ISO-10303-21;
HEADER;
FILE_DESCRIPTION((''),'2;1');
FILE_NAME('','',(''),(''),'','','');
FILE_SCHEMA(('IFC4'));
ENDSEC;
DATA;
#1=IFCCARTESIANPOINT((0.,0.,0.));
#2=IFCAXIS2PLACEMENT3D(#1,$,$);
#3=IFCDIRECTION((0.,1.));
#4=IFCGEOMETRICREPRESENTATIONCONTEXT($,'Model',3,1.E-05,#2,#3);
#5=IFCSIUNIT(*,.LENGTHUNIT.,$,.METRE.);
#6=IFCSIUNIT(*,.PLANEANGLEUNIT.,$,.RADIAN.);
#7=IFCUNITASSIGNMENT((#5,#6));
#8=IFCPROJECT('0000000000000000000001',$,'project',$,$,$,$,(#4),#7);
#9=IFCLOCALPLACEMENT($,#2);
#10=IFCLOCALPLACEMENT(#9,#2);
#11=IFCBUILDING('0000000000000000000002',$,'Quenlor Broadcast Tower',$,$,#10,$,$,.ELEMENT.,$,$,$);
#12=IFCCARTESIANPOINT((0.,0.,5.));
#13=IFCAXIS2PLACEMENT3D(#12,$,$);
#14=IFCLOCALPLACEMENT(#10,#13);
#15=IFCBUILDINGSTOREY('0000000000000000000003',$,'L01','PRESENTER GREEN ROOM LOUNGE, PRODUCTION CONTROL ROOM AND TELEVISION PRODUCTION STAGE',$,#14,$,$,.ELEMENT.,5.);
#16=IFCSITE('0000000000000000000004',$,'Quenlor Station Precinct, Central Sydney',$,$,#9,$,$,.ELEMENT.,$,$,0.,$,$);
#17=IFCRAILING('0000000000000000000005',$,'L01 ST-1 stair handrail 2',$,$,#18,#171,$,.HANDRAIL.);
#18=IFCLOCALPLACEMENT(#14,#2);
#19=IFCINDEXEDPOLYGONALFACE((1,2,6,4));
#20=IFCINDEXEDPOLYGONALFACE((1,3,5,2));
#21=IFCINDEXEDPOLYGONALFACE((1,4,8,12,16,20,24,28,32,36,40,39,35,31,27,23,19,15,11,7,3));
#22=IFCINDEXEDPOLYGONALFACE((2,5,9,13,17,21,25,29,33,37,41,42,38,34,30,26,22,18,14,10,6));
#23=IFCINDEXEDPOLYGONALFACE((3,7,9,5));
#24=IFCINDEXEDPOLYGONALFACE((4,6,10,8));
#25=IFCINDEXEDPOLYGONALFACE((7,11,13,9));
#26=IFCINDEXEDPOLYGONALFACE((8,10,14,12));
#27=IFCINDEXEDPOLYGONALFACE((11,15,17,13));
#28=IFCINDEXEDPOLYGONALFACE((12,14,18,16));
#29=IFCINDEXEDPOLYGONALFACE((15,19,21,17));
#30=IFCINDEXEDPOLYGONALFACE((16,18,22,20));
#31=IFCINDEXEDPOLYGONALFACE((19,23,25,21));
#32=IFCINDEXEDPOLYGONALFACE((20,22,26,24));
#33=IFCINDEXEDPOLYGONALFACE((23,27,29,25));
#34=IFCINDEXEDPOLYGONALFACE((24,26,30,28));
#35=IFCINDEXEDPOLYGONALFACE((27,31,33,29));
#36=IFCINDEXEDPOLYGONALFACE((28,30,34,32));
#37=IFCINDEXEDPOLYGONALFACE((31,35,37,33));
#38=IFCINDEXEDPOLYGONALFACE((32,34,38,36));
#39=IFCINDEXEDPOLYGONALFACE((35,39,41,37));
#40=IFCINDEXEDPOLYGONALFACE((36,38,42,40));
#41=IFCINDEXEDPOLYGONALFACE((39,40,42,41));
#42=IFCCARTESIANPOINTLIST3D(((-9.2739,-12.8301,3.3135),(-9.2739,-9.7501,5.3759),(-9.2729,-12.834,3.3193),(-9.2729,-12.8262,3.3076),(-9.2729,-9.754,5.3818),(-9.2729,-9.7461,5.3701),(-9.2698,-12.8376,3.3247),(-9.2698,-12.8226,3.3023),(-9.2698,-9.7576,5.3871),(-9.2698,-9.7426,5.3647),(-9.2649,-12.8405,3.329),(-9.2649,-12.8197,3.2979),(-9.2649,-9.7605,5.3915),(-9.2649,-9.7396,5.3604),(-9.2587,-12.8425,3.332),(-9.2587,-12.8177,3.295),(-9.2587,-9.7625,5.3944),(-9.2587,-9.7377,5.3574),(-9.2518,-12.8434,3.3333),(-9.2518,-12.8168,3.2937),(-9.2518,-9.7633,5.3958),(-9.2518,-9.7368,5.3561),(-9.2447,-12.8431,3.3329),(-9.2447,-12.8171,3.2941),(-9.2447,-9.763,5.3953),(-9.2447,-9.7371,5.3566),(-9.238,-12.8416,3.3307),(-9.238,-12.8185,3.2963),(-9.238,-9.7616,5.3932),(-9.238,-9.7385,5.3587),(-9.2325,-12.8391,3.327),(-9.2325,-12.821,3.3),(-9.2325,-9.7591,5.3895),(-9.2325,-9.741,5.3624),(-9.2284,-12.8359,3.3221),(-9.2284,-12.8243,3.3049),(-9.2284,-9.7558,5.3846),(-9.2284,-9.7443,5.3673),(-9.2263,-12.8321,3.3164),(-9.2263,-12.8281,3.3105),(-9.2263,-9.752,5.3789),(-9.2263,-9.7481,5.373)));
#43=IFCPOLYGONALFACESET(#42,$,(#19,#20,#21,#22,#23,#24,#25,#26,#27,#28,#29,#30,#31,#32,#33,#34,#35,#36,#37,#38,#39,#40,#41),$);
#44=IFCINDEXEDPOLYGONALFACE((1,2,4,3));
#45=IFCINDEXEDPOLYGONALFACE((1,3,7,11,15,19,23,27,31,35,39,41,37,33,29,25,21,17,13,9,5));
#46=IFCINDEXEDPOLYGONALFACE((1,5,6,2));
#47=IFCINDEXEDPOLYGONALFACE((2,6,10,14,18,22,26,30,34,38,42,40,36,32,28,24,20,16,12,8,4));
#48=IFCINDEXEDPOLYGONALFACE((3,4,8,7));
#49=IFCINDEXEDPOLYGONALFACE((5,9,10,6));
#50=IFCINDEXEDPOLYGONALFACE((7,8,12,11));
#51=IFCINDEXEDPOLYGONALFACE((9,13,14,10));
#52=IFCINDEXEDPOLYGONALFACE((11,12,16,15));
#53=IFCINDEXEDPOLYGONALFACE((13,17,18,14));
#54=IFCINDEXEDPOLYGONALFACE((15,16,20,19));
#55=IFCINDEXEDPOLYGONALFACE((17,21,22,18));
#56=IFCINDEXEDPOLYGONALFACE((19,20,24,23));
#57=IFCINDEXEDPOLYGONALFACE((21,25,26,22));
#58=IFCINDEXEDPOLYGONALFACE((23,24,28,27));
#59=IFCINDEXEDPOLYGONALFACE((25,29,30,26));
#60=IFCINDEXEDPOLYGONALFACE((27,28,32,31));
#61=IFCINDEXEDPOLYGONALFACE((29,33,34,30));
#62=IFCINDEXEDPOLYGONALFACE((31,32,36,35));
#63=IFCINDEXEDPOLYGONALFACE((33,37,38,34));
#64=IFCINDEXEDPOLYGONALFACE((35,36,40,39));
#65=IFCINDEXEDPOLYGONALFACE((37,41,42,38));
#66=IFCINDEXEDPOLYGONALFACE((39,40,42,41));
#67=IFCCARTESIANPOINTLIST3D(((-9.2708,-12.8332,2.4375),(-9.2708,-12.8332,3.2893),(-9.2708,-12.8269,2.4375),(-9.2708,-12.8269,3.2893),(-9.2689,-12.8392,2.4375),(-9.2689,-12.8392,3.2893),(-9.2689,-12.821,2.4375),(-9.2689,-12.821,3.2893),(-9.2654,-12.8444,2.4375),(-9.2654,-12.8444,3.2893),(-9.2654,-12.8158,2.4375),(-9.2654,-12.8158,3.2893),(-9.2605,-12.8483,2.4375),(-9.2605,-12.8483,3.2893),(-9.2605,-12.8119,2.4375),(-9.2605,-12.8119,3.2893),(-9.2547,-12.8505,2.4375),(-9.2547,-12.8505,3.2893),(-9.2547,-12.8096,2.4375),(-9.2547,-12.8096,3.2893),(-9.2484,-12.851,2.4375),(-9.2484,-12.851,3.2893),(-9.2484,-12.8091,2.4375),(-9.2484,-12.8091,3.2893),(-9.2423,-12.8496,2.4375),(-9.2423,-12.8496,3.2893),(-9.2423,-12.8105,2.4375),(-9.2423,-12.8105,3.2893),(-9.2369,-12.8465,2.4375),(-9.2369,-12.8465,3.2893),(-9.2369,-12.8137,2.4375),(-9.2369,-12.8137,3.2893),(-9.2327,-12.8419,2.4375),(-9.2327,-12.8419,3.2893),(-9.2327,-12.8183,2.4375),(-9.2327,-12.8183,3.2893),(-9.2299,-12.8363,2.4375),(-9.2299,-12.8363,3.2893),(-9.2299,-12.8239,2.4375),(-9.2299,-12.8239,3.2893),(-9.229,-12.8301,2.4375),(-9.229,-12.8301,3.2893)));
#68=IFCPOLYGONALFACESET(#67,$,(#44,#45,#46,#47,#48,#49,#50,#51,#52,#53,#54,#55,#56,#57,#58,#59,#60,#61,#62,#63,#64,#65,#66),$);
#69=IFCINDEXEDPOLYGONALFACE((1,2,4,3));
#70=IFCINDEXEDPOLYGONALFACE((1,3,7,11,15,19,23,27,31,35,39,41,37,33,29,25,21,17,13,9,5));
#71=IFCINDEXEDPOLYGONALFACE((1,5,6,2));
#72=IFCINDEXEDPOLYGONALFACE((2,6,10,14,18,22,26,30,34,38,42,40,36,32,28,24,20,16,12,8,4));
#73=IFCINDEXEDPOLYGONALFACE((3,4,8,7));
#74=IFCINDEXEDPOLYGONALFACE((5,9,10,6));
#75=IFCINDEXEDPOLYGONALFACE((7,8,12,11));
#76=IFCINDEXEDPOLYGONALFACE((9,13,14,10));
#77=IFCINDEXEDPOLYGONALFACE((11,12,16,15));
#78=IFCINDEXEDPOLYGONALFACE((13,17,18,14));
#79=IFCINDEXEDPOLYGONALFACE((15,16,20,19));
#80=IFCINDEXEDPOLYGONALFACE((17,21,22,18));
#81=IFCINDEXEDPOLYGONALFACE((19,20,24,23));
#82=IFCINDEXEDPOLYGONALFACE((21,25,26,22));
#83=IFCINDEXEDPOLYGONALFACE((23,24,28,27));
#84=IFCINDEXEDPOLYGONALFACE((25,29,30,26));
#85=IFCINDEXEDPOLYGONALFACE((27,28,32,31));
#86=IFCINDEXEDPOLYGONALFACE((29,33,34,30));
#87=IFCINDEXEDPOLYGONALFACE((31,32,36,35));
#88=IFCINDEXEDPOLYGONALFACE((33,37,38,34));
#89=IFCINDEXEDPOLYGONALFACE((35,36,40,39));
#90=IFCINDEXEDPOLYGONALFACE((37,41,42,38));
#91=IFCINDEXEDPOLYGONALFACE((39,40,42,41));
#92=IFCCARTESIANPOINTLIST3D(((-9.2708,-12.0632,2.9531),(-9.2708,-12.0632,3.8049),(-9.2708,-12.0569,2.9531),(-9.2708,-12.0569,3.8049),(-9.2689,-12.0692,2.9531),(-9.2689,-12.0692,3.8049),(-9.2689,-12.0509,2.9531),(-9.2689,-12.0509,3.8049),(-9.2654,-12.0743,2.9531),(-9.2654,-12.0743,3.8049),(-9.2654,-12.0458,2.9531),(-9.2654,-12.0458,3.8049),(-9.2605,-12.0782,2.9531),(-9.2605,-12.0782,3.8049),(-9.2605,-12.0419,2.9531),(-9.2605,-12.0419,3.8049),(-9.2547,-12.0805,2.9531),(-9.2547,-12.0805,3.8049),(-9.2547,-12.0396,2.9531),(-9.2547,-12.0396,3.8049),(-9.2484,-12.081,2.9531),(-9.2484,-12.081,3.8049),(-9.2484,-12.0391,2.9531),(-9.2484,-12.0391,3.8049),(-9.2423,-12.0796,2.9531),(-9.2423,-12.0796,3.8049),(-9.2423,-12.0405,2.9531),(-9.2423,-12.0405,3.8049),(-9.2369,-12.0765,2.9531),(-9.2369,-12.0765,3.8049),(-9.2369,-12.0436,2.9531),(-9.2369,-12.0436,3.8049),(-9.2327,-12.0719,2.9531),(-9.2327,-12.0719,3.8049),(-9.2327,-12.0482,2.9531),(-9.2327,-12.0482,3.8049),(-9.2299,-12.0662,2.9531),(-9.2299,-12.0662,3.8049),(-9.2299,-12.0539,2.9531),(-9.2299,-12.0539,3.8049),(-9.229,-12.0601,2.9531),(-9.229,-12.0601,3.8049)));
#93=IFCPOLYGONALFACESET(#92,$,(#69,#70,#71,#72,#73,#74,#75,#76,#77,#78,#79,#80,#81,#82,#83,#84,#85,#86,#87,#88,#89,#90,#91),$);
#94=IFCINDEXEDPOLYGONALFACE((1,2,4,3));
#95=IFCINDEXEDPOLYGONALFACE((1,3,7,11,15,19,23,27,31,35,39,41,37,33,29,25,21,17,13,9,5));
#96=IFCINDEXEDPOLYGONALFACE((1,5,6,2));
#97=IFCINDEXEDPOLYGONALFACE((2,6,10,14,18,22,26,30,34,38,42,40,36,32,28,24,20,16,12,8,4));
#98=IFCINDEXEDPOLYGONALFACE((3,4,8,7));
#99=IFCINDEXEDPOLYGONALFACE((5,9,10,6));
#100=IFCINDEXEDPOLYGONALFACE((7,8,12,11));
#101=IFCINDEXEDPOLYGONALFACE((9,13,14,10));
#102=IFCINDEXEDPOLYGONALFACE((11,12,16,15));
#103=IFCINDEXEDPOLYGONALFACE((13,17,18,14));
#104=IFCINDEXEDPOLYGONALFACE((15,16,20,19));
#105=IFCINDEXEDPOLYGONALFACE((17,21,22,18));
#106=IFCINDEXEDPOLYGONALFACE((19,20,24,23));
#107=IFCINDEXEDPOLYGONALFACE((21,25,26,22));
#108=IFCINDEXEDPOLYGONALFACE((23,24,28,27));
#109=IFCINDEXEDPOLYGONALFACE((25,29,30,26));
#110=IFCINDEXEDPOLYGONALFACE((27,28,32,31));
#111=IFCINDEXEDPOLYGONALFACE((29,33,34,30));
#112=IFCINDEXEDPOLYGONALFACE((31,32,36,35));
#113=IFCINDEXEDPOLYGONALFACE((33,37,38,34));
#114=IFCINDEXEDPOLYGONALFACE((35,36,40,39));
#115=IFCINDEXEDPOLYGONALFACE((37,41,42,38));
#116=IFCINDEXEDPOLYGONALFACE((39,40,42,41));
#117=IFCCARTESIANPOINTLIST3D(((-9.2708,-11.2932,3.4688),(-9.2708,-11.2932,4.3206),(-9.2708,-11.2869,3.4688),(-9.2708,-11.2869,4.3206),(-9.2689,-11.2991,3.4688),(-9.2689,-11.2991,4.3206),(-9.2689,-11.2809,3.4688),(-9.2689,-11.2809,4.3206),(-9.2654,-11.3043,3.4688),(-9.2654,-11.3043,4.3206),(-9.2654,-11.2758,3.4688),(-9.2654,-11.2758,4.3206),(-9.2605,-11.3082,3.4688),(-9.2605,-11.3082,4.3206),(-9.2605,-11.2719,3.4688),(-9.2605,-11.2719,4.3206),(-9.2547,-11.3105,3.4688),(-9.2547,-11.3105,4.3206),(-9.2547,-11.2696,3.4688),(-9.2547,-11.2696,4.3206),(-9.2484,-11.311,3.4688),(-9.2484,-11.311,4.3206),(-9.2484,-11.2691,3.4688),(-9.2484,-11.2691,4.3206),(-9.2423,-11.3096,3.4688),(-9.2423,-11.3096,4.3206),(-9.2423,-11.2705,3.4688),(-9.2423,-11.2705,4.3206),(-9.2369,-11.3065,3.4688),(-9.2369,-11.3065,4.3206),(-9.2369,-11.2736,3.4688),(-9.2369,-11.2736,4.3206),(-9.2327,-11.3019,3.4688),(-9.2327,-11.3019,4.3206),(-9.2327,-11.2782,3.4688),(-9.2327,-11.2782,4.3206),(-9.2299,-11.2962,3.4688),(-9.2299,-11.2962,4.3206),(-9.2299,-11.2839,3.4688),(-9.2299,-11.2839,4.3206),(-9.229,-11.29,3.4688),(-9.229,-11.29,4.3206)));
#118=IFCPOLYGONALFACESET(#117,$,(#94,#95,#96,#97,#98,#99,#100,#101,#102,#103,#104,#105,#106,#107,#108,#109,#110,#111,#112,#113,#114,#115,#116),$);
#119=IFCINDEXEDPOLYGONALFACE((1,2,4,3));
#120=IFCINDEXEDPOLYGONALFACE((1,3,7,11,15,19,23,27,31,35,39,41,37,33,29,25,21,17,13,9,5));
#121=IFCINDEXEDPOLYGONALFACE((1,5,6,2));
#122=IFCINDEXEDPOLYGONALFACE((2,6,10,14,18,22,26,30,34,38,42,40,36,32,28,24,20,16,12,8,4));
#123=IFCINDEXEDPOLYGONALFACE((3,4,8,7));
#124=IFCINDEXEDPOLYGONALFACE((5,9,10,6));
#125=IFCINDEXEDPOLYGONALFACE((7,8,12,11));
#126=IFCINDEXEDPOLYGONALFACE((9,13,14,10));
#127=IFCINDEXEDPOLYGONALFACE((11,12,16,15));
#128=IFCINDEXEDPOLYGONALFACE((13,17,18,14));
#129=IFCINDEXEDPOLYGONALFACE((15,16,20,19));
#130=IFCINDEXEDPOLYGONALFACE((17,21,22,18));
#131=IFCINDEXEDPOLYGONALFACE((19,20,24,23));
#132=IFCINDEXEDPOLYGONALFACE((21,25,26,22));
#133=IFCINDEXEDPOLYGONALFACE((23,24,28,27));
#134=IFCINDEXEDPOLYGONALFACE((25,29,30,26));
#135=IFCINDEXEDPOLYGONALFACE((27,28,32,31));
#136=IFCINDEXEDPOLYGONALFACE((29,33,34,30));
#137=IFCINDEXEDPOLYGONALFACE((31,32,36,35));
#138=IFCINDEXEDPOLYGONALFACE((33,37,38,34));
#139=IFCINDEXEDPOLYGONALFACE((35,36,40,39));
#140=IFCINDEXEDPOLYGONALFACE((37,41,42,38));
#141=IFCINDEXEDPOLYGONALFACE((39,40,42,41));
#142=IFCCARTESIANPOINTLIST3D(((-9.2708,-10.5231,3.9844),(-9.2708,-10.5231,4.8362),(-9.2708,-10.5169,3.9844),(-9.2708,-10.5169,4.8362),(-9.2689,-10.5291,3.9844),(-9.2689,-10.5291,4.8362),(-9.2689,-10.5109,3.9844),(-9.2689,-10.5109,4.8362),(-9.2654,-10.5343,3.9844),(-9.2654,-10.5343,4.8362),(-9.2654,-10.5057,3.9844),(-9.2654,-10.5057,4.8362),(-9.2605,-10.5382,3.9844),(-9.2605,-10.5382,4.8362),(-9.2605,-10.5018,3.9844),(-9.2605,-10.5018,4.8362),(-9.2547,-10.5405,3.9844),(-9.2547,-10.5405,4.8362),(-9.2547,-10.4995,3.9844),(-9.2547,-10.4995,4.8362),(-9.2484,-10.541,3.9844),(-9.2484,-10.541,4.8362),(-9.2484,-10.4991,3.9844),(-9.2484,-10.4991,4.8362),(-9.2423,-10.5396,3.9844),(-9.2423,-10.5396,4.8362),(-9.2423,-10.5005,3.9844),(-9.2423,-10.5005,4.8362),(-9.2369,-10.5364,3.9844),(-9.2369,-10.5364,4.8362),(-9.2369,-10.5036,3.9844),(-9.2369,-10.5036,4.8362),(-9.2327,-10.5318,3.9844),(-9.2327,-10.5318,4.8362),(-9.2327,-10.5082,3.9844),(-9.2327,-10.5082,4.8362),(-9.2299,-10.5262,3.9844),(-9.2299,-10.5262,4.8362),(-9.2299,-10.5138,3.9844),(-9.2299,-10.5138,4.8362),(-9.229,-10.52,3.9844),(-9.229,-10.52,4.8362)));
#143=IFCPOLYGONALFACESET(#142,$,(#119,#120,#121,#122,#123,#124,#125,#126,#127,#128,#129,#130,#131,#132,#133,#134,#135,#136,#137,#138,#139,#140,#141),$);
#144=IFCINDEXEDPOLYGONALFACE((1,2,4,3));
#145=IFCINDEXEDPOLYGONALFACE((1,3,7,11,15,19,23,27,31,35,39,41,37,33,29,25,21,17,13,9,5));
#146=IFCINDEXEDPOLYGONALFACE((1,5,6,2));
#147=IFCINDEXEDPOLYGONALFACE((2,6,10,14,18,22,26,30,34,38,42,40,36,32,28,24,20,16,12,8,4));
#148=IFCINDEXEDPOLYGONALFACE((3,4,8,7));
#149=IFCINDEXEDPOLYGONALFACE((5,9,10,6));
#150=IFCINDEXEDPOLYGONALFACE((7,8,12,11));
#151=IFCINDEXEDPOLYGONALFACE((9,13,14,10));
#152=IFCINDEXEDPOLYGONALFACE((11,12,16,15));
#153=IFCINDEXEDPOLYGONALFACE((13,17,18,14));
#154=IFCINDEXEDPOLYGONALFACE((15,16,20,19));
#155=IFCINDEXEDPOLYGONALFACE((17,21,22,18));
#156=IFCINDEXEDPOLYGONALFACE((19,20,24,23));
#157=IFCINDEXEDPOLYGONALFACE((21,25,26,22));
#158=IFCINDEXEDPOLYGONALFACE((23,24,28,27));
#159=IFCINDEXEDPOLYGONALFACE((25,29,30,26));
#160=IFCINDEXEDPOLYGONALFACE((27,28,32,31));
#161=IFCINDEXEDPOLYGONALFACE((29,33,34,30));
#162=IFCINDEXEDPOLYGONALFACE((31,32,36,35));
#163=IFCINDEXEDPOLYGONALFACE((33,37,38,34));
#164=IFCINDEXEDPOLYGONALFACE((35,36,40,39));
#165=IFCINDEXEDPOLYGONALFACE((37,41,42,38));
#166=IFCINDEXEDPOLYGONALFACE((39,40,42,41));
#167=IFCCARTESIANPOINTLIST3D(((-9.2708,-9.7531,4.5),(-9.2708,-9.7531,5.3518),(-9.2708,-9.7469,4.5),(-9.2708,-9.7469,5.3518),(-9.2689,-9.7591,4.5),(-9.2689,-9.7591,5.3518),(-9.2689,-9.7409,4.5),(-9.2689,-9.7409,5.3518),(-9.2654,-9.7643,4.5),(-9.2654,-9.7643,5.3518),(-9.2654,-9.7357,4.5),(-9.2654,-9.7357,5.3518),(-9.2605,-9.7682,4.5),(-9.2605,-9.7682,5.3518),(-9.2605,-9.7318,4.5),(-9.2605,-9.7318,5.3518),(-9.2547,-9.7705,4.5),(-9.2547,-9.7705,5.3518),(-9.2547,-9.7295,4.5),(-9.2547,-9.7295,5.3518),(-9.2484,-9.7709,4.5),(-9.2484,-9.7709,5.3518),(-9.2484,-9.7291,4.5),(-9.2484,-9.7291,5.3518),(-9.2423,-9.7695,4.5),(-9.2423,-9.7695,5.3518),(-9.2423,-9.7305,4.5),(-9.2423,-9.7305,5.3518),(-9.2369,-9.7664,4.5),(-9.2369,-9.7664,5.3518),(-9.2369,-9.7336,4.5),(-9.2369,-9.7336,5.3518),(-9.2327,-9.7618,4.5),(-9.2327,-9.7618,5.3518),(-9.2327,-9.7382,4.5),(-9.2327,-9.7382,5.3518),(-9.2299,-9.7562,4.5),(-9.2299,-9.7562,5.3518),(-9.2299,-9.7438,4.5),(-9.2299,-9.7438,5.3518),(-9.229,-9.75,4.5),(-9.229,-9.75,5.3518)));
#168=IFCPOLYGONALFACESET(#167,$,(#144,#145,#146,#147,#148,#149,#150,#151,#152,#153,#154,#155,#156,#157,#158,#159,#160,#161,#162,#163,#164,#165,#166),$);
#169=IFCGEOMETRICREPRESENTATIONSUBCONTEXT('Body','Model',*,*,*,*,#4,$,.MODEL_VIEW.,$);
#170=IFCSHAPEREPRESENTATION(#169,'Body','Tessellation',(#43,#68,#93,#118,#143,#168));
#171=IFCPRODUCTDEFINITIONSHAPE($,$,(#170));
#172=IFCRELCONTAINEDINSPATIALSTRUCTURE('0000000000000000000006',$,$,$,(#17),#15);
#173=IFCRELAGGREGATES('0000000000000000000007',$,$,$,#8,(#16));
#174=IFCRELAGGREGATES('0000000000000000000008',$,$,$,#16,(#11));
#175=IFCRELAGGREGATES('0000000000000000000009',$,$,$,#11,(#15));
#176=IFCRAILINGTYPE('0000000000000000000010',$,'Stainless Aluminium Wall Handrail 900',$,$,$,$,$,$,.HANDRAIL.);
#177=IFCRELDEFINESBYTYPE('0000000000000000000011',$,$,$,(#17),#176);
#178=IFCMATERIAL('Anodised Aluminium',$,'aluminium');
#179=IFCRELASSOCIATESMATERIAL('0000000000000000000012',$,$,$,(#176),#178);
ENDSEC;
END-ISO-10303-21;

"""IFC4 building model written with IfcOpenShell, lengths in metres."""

from ifc_helpers import new_model, si_unit, direction, frame, origin, origin_2d, place, context, subcontext, project, spatial, circle, extrude, material, type_object, element, save


model = new_model("IFC4")

# Units and contexts
model_context = context("Model", 3, precision=1e-05, world=origin(), true_north=direction((0.0, 1.0)))
body_context = subcontext(model_context, "Body", "Model", "MODEL_VIEW")
ifc_project = project(units=[si_unit("LENGTHUNIT", "METRE"), si_unit("PLANEANGLEUNIT", "RADIAN")], contexts=[model_context])

# Site, building, storey
site_placement = place(None, origin())
site = spatial("IfcSite", under=ifc_project, at=site_placement, Name="Quenlor Station Precinct, Central Sydney", CompositionType="ELEMENT", RefElevation=0.0)
building_placement = place(site_placement, origin())
building = spatial("IfcBuilding", under=site, at=building_placement, Name="Quenlor Broadcast Tower", CompositionType="ELEMENT")
storey_placement = place(building_placement, frame((0.0, 0.0, 5.0)))
storey = spatial("IfcBuildingStorey", under=building, at=storey_placement, Name="L01", Description="PRESENTER GREEN ROOM LOUNGE, PRODUCTION CONTROL ROOM AND TELEVISION PRODUCTION STAGE", CompositionType="ELEMENT", Elevation=5.0)

# Railing
ifc_material_1 = material(Name="Anodised Aluminium", Category="aluminium")
railing_type_1 = type_object("IfcRailingType", Name="Stainless Aluminium Wall Handrail 900", PredefinedType="HANDRAIL", material=ifc_material_1)
railing_1_placement = place(storey_placement, frame((-9.25, -12.8301, 2.4375)))
element("IfcRailing", 1, at=railing_1_placement, inside=storey, type_object=railing_type_1, Name="L01 ST-1 stair handrail 2", PredefinedType="HANDRAIL", context=body_context, shape_type="SweptSolid", body=[
    extrude(circle(Radius=0.0239, at=origin_2d()), frame((0.0, 0.0, 0.876), z_axis=(0.0, 0.830914, 0.556401), x_axis=(-1.0, 0.0, 0.0)), (0.0, 0.0, 1.0), 3.7068),
    extrude(circle(Radius=0.021, at=origin_2d()), origin(), (0.0, 0.0, 1.0), 0.8518),
    extrude(circle(Radius=0.021, at=origin_2d()), frame((0.0, 0.77, 0.5156)), (0.0, 0.0, 1.0), 0.8518),
    extrude(circle(Radius=0.021, at=origin_2d()), frame((0.0, 1.54, 1.0312)), (0.0, 0.0, 1.0), 0.8518),
    extrude(circle(Radius=0.021, at=origin_2d()), frame((0.0, 2.3101, 1.5469)), (0.0, 0.0, 1.0), 0.8518),
    extrude(circle(Radius=0.021, at=origin_2d()), frame((0.0, 3.0801, 2.0625)), (0.0, 0.0, 1.0), 0.8518),
])

save(model, "model.ifc")
